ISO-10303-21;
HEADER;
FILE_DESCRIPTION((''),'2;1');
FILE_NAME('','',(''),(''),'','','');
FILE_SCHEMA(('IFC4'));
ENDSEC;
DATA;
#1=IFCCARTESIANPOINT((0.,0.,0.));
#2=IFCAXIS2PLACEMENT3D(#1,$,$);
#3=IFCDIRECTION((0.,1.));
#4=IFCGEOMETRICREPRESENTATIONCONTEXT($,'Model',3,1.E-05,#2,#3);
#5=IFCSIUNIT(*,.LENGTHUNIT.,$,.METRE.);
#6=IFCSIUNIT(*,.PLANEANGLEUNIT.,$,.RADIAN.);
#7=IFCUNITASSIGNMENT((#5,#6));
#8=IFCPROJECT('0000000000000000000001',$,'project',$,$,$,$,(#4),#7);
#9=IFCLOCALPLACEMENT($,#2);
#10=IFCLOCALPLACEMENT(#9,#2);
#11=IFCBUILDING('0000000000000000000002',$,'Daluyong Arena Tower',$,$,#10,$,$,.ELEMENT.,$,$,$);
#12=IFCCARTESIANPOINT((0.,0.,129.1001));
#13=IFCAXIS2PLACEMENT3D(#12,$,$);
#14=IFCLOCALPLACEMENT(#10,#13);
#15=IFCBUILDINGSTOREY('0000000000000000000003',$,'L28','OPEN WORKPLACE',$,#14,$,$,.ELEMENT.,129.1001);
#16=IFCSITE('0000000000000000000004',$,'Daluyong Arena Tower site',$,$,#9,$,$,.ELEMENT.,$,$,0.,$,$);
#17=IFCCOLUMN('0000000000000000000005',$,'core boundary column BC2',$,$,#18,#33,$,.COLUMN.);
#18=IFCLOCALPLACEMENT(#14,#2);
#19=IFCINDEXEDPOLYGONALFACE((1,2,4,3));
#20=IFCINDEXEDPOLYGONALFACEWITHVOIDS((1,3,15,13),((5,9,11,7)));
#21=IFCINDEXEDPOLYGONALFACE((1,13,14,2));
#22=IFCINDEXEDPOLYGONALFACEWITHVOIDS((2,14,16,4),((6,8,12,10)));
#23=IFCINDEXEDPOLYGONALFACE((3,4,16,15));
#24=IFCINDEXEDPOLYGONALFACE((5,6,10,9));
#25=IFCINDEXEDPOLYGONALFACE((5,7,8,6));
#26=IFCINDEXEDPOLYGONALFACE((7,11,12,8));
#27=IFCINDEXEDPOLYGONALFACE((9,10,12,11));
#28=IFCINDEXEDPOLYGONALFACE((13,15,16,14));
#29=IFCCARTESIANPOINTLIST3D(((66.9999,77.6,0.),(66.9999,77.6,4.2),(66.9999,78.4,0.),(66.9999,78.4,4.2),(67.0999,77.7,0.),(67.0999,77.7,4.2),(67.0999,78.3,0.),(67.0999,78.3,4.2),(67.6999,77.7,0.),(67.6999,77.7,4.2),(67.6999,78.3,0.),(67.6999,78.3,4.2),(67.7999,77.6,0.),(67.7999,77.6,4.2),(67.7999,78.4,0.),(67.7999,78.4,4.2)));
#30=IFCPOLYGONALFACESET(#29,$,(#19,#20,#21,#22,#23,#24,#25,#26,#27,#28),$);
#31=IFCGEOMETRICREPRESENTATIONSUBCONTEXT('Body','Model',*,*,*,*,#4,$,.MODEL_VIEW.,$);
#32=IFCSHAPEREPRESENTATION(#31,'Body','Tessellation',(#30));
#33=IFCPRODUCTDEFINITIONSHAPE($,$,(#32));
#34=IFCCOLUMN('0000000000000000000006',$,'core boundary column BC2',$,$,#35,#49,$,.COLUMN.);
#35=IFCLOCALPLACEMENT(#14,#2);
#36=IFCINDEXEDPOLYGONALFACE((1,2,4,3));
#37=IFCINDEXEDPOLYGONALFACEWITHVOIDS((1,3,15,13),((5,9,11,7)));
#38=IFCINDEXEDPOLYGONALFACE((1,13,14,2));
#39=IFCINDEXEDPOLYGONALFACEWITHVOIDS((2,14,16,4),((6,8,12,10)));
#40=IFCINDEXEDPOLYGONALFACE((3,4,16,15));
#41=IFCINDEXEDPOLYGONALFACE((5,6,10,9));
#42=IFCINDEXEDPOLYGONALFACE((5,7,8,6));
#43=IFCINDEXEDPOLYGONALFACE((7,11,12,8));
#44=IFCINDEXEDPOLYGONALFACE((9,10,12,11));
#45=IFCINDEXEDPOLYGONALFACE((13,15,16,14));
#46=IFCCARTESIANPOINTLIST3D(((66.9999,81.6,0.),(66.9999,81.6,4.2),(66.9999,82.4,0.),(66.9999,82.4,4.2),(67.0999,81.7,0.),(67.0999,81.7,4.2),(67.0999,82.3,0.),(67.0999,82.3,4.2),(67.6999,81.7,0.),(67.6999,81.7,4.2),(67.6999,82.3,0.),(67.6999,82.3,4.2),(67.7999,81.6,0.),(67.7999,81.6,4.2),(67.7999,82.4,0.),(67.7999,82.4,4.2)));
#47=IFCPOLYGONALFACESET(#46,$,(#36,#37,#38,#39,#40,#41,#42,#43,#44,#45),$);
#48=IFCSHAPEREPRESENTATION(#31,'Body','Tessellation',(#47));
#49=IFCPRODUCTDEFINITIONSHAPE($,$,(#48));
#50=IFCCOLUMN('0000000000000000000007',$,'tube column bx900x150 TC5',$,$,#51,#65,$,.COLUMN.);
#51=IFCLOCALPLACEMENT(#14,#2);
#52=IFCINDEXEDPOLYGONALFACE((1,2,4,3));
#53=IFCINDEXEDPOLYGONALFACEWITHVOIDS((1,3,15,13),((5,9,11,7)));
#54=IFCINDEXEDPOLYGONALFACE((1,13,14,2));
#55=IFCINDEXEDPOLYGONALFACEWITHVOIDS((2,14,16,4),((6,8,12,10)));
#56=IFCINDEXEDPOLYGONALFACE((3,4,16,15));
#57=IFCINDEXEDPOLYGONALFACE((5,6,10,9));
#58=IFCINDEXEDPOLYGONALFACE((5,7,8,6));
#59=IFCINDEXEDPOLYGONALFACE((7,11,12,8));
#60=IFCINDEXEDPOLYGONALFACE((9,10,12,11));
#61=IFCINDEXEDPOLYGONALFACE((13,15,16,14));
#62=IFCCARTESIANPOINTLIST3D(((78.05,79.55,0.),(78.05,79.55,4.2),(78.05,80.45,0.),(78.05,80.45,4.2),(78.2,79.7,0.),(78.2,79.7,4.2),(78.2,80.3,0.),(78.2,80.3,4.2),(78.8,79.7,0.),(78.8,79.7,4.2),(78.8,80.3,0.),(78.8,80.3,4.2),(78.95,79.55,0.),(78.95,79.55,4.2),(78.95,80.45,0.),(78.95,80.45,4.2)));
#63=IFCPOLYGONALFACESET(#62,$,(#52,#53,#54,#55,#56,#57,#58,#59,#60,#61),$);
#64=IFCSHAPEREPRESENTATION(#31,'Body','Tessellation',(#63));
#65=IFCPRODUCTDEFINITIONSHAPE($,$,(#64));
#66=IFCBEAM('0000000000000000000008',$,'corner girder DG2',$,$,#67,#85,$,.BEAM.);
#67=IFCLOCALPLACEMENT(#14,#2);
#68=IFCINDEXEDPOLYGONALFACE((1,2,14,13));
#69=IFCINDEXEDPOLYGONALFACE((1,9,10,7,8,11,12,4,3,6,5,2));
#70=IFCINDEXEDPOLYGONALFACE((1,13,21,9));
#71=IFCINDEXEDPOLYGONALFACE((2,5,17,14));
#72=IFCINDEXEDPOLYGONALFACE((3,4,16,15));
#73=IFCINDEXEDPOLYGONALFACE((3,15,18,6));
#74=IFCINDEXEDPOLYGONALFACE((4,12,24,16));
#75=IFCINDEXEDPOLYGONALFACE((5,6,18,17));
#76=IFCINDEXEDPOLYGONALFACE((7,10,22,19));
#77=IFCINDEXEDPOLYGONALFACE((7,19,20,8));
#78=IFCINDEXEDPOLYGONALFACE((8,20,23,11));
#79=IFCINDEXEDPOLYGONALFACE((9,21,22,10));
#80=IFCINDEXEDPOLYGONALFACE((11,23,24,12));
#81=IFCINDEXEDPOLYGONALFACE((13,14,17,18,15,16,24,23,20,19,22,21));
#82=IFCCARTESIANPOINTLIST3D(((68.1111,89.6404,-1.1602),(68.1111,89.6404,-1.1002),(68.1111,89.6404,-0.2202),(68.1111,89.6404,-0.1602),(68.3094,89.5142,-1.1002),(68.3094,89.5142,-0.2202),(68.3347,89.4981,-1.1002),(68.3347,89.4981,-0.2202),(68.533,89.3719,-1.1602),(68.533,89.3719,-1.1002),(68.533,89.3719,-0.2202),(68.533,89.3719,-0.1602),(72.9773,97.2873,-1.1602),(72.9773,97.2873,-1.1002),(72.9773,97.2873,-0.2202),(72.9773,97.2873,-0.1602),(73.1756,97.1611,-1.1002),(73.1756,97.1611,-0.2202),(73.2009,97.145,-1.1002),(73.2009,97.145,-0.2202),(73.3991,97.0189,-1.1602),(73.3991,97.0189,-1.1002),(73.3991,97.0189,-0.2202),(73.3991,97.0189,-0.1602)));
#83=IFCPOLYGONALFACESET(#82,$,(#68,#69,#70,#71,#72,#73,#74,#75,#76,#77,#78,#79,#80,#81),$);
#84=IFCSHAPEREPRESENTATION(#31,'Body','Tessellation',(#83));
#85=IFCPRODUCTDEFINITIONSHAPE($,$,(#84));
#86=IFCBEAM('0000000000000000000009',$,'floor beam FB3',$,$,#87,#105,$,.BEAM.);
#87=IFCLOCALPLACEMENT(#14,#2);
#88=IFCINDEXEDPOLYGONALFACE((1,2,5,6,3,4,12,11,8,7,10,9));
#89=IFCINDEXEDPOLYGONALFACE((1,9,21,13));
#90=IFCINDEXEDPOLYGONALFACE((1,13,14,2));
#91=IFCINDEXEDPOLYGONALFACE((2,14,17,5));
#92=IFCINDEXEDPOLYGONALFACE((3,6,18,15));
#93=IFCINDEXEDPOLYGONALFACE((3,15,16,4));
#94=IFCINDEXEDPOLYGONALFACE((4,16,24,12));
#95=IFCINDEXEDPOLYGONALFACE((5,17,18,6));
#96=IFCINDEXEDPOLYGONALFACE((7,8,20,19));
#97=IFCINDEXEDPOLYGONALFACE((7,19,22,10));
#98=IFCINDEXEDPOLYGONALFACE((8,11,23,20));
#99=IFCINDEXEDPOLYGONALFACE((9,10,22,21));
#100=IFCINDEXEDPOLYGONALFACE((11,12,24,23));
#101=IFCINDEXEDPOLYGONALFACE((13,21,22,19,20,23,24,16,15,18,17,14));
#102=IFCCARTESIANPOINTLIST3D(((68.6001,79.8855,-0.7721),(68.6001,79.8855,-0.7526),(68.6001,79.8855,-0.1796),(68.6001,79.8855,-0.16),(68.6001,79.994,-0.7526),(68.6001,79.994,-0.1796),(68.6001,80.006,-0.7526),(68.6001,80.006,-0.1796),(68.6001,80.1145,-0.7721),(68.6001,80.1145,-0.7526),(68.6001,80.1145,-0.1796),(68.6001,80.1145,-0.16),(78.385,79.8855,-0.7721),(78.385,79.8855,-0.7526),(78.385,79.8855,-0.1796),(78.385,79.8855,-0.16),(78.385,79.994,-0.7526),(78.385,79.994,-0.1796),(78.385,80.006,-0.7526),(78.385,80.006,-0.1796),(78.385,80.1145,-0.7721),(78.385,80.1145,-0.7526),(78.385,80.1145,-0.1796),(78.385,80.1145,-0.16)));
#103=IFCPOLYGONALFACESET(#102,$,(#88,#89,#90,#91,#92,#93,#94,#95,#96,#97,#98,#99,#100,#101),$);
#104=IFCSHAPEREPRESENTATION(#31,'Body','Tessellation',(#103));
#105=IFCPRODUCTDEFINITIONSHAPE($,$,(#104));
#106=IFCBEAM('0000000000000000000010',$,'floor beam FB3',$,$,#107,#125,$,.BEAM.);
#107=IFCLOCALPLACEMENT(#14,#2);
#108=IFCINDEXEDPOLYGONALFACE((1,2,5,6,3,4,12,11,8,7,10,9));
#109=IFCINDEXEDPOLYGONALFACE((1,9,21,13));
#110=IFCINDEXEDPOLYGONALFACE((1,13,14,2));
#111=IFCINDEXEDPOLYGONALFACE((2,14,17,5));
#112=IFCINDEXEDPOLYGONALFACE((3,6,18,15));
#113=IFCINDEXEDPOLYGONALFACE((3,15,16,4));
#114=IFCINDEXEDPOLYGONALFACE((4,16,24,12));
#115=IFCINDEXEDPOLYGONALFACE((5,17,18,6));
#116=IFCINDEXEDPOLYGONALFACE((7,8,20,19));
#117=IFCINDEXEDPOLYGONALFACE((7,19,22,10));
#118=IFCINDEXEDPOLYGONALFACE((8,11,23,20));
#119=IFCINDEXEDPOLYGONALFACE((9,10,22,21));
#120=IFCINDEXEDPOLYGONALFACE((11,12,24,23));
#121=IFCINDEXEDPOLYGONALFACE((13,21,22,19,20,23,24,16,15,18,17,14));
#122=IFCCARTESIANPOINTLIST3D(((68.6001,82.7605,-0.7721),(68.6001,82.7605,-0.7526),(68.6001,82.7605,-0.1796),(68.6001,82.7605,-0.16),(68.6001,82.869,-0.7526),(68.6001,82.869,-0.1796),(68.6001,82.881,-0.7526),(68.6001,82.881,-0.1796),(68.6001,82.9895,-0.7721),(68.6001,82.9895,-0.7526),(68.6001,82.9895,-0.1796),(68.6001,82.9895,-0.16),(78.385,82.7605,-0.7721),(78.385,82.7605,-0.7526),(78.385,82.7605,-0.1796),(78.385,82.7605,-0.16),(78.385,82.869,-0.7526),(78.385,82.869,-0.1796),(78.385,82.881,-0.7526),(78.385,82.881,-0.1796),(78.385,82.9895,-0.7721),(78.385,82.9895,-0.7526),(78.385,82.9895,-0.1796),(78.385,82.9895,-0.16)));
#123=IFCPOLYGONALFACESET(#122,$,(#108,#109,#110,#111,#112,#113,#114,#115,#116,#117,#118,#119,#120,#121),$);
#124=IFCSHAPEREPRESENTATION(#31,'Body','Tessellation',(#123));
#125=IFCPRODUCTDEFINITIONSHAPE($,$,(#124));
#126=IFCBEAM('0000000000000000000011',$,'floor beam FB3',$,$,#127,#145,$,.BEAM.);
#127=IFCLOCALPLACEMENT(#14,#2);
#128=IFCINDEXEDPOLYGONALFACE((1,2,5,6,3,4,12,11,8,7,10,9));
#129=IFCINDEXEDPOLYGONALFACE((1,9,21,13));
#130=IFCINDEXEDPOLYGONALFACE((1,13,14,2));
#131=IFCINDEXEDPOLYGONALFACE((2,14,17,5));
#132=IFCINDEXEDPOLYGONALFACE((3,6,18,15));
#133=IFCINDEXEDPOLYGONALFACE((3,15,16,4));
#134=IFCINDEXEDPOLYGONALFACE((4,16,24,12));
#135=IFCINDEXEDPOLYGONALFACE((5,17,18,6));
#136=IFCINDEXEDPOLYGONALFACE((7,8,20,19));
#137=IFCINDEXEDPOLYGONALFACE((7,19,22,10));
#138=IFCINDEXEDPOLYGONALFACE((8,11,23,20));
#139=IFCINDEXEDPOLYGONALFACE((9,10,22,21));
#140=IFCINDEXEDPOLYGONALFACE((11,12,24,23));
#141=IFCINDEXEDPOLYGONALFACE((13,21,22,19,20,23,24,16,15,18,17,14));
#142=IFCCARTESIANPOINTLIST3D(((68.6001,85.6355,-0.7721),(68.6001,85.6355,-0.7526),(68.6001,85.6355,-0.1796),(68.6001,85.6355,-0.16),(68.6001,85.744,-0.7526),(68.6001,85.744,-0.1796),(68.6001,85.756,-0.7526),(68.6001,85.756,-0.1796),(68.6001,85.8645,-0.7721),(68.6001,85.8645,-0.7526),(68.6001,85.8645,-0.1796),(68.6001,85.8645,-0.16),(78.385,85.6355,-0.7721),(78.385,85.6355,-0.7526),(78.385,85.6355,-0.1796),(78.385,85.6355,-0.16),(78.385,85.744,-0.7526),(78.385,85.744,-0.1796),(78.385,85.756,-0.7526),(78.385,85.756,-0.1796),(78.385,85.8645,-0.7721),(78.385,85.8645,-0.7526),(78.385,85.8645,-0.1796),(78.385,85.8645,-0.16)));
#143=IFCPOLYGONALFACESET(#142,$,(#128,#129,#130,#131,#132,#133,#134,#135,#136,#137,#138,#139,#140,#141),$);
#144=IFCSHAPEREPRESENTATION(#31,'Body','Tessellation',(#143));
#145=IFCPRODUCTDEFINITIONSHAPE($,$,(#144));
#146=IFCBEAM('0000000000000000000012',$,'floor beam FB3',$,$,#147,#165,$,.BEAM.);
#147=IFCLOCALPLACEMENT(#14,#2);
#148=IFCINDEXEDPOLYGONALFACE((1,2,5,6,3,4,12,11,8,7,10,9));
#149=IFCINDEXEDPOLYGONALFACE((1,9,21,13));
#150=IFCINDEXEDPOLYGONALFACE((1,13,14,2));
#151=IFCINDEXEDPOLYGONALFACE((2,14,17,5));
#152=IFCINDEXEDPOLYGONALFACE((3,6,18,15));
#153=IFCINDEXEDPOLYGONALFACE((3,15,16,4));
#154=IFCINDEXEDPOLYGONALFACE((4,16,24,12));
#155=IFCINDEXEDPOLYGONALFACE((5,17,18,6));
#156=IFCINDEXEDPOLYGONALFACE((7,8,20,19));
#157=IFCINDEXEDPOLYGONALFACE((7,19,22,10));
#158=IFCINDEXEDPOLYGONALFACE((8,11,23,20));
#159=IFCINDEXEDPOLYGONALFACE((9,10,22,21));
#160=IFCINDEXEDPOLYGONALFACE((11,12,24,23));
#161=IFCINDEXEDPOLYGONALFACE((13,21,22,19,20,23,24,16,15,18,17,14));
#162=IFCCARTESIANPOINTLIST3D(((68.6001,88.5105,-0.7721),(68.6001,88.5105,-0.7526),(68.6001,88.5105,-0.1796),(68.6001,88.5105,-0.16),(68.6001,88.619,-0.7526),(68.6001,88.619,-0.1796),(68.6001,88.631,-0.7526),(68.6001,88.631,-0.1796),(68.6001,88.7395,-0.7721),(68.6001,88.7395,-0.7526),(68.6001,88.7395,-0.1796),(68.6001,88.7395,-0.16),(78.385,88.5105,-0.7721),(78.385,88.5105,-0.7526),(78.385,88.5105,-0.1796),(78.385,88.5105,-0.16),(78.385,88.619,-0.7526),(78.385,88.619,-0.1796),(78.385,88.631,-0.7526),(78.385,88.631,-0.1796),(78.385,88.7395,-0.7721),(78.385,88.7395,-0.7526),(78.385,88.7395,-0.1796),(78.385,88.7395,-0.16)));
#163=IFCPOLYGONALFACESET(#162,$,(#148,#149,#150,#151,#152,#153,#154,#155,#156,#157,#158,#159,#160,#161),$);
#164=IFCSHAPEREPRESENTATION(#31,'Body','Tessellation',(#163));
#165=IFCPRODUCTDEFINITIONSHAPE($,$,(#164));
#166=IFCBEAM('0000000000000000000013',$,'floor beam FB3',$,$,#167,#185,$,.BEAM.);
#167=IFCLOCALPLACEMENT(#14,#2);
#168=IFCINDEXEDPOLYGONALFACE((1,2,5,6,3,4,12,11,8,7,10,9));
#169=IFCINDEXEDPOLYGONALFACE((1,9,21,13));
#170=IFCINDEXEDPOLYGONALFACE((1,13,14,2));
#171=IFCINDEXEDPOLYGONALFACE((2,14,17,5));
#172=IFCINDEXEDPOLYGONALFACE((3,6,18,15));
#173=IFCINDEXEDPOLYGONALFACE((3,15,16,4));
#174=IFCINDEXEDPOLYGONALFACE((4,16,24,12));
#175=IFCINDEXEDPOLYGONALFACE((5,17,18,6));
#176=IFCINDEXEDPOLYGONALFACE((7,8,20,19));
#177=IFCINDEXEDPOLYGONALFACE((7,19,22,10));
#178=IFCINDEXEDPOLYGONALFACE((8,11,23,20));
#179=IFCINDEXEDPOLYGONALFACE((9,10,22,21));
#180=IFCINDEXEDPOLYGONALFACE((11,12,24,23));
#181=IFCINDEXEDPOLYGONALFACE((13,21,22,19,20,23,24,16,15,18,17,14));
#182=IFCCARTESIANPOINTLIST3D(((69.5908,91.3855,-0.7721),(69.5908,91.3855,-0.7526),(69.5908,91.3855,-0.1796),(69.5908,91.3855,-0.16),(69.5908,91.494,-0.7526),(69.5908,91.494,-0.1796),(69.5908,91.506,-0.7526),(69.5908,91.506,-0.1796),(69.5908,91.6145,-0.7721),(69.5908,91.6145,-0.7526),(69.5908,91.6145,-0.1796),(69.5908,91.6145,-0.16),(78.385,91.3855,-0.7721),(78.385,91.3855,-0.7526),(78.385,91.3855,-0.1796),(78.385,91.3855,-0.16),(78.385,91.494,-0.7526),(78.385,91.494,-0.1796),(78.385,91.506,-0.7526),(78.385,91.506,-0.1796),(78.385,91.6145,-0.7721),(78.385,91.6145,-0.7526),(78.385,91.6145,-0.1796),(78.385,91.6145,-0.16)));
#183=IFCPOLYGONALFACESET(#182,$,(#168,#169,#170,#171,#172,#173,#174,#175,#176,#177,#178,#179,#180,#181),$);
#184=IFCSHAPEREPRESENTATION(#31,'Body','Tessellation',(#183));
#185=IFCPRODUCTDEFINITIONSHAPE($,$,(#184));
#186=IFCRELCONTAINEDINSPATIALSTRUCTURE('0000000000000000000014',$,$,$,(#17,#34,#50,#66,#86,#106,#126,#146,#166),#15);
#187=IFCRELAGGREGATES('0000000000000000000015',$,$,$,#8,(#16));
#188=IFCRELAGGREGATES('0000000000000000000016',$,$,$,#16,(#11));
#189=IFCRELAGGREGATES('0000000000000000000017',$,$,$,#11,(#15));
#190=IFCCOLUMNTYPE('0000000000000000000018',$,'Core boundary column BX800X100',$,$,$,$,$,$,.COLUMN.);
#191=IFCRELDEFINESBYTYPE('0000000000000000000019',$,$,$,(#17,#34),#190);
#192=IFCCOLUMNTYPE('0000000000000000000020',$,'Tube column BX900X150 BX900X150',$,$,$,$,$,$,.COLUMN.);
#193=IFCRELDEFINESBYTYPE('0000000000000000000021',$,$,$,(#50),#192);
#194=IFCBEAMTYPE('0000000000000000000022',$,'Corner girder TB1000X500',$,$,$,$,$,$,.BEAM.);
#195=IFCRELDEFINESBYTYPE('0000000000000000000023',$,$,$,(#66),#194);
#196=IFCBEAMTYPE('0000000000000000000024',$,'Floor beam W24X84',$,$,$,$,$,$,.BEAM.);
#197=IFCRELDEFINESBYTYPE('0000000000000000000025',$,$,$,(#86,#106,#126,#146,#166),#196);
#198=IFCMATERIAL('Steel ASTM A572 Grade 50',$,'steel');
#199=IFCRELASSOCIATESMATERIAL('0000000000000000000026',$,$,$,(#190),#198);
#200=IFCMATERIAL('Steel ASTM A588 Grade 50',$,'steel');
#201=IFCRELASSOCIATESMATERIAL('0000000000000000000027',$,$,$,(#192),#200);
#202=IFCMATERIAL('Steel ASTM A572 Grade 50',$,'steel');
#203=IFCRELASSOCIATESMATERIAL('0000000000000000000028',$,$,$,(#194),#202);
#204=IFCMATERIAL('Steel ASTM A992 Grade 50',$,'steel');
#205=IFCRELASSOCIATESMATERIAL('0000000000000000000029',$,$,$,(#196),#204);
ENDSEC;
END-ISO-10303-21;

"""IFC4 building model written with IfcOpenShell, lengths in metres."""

from ifc_helpers import new_model, si_unit, direction, frame, origin, origin_2d, place, context, subcontext, project, spatial, hollow_rectangle, i_section, extrude, material, material_profile, profile_set, type_object, element, save


model = new_model("IFC4")

# Units and contexts
model_context = context("Model", 3, precision=1e-05, world=origin(), true_north=direction((0.0, 1.0)))
body_context = subcontext(model_context, "Body", "Model", "MODEL_VIEW")
ifc_project = project(units=[si_unit("LENGTHUNIT", "METRE"), si_unit("PLANEANGLEUNIT", "RADIAN")], contexts=[model_context])

# Site, building, storey
site_placement = place(None, origin())
site = spatial("IfcSite", under=ifc_project, at=site_placement, Name="Daluyong Arena Tower site", CompositionType="ELEMENT", RefElevation=0.0)
building_placement = place(site_placement, origin())
building = spatial("IfcBuilding", under=site, at=building_placement, Name="Daluyong Arena Tower", CompositionType="ELEMENT")
storey_placement = place(building_placement, frame((0.0, 0.0, 129.1001)))
storey = spatial("IfcBuildingStorey", under=building, at=storey_placement, Name="L28", Description="OPEN WORKPLACE", CompositionType="ELEMENT", Elevation=129.1001)

# Columns
ifc_material_1 = material(Name="Steel ASTM A572 Grade 50", Category="steel")
ifc_material_profile_1 = material_profile(ifc_material_1, hollow_rectangle(XDim=0.8, YDim=0.8, WallThickness=0.1, at=origin_2d()))
ifc_profile_set_1 = profile_set([ifc_material_profile_1], Name="Steel ASTM A572 Grade 50")
column_type_1 = type_object("IfcColumnType", Name="Core boundary column BX800X100", PredefinedType="COLUMN", material=ifc_profile_set_1)
for number, where, z_axis, x_axis, name in (
    (1, (67.3999, 78.0, 0.0), (0.0, 0.0, 1.0), (1.0, 0.0, 0.0), "core boundary column BC2"),
    (2, (67.3999, 82.0, 0.0), (0.0, 0.0, 1.0), (1.0, 0.0, 0.0), "core boundary column BC2"),
):
    element("IfcColumn", number, at=place(storey_placement, frame(where, z_axis=z_axis, x_axis=x_axis)), inside=storey, type_object=column_type_1, Name=name, PredefinedType="COLUMN", context=body_context, shape_type="SweptSolid", body=[
        extrude(hollow_rectangle(XDim=0.8, YDim=0.8, WallThickness=0.1, at=origin_2d()), origin(), (0.0, 0.0, 1.0), 4.2),
    ])
ifc_material_2 = material(Name="Steel ASTM A588 Grade 50", Category="steel")
ifc_material_profile_2 = material_profile(ifc_material_2, hollow_rectangle(XDim=0.8999, YDim=0.8999, WallThickness=0.15, at=origin_2d()))
ifc_profile_set_2 = profile_set([ifc_material_profile_2], Name="Steel ASTM A588 Grade 50")
column_type_2 = type_object("IfcColumnType", Name="Tube column BX900X150 BX900X150", PredefinedType="COLUMN", material=ifc_profile_set_2)
column_placement = place(storey_placement, frame((78.5, 80.0, 0.0), z_axis=(0.0, 0.0, 1.0), x_axis=(0.0, 1.0, 0.0)))
element("IfcColumn", 3, at=column_placement, inside=storey, type_object=column_type_2, Name="tube column bx900x150 TC5", PredefinedType="COLUMN", context=body_context, shape_type="SweptSolid", body=[
    extrude(hollow_rectangle(XDim=0.8999, YDim=0.8999, WallThickness=0.15, at=origin_2d()), origin(), (0.0, 0.0, 1.0), 4.2),
])

# Beams
ifc_material_3 = material(Name="Steel ASTM A572 Grade 50", Category="steel")
ifc_material_profile_3 = material_profile(ifc_material_3, i_section(OverallWidth=0.5, OverallDepth=1.0, WebThickness=0.03, FlangeThickness=0.06, at=origin_2d()))
ifc_profile_set_3 = profile_set([ifc_material_profile_3], Name="Steel ASTM A572 Grade 50")
beam_type_1 = type_object("IfcBeamType", Name="Corner girder TB1000X500", PredefinedType="BEAM", material=ifc_profile_set_3)
beam_1_placement = place(storey_placement, frame((73.1882, 97.1531, -0.6602), z_axis=(-0.536872, -0.843664, 0.0), x_axis=(0.843664, -0.536872, 0.0)))
element("IfcBeam", 4, at=beam_1_placement, inside=storey, type_object=beam_type_1, Name="corner girder DG2", PredefinedType="BEAM", context=body_context, shape_type="SweptSolid", body=[
    extrude(i_section(OverallWidth=0.5, OverallDepth=1.0, WebThickness=0.03, FlangeThickness=0.06, at=origin_2d()), origin(), (0.0, 0.0, 1.0), 9.064),
])
ifc_material_4 = material(Name="Steel ASTM A992 Grade 50", Category="steel")
ifc_material_profile_4 = material_profile(ifc_material_4, i_section(OverallWidth=0.229, OverallDepth=0.6121, WebThickness=0.012, FlangeThickness=0.0195, at=origin_2d()))
ifc_profile_set_4 = profile_set([ifc_material_profile_4], Name="Steel ASTM A992 Grade 50")
beam_type_2 = type_object("IfcBeamType", Name="Floor beam W24X84", PredefinedType="BEAM", material=ifc_profile_set_4)
for number, where, z_axis, x_axis, name in (
    (5, (78.385, 80.0, -0.4661), (-1.0, 0.0, 0.0), (0.0, -1.0, 0.0), "floor beam FB3"),
    (6, (78.385, 82.875, -0.4661), (-1.0, 0.0, 0.0), (0.0, -1.0, 0.0), "floor beam FB3"),
    (7, (78.385, 85.75, -0.4661), (-1.0, 0.0, 0.0), (0.0, -1.0, 0.0), "floor beam FB3"),
    (8, (78.385, 88.625, -0.4661), (-1.0, 0.0, 0.0), (0.0, -1.0, 0.0), "floor beam FB3"),
):
    element("IfcBeam", number, at=place(storey_placement, frame(where, z_axis=z_axis, x_axis=x_axis)), inside=storey, type_object=beam_type_2, Name=name, PredefinedType="BEAM", context=body_context, shape_type="SweptSolid", body=[
        extrude(i_section(OverallWidth=0.229, OverallDepth=0.6121, WebThickness=0.012, FlangeThickness=0.0195, at=origin_2d()), origin(), (0.0, 0.0, 1.0), 9.7849),
    ])
beam_2_placement = place(storey_placement, frame((78.385, 91.5, -0.4661), z_axis=(-1.0, 0.0, 0.0), x_axis=(0.0, -1.0, 0.0)))
element("IfcBeam", 9, at=beam_2_placement, inside=storey, type_object=beam_type_2, Name="floor beam FB3", PredefinedType="BEAM", context=body_context, shape_type="SweptSolid", body=[
    extrude(i_section(OverallWidth=0.229, OverallDepth=0.6121, WebThickness=0.012, FlangeThickness=0.0195, at=origin_2d()), origin(), (0.0, 0.0, 1.0), 8.7942),
])

save(model, "model.ifc")
